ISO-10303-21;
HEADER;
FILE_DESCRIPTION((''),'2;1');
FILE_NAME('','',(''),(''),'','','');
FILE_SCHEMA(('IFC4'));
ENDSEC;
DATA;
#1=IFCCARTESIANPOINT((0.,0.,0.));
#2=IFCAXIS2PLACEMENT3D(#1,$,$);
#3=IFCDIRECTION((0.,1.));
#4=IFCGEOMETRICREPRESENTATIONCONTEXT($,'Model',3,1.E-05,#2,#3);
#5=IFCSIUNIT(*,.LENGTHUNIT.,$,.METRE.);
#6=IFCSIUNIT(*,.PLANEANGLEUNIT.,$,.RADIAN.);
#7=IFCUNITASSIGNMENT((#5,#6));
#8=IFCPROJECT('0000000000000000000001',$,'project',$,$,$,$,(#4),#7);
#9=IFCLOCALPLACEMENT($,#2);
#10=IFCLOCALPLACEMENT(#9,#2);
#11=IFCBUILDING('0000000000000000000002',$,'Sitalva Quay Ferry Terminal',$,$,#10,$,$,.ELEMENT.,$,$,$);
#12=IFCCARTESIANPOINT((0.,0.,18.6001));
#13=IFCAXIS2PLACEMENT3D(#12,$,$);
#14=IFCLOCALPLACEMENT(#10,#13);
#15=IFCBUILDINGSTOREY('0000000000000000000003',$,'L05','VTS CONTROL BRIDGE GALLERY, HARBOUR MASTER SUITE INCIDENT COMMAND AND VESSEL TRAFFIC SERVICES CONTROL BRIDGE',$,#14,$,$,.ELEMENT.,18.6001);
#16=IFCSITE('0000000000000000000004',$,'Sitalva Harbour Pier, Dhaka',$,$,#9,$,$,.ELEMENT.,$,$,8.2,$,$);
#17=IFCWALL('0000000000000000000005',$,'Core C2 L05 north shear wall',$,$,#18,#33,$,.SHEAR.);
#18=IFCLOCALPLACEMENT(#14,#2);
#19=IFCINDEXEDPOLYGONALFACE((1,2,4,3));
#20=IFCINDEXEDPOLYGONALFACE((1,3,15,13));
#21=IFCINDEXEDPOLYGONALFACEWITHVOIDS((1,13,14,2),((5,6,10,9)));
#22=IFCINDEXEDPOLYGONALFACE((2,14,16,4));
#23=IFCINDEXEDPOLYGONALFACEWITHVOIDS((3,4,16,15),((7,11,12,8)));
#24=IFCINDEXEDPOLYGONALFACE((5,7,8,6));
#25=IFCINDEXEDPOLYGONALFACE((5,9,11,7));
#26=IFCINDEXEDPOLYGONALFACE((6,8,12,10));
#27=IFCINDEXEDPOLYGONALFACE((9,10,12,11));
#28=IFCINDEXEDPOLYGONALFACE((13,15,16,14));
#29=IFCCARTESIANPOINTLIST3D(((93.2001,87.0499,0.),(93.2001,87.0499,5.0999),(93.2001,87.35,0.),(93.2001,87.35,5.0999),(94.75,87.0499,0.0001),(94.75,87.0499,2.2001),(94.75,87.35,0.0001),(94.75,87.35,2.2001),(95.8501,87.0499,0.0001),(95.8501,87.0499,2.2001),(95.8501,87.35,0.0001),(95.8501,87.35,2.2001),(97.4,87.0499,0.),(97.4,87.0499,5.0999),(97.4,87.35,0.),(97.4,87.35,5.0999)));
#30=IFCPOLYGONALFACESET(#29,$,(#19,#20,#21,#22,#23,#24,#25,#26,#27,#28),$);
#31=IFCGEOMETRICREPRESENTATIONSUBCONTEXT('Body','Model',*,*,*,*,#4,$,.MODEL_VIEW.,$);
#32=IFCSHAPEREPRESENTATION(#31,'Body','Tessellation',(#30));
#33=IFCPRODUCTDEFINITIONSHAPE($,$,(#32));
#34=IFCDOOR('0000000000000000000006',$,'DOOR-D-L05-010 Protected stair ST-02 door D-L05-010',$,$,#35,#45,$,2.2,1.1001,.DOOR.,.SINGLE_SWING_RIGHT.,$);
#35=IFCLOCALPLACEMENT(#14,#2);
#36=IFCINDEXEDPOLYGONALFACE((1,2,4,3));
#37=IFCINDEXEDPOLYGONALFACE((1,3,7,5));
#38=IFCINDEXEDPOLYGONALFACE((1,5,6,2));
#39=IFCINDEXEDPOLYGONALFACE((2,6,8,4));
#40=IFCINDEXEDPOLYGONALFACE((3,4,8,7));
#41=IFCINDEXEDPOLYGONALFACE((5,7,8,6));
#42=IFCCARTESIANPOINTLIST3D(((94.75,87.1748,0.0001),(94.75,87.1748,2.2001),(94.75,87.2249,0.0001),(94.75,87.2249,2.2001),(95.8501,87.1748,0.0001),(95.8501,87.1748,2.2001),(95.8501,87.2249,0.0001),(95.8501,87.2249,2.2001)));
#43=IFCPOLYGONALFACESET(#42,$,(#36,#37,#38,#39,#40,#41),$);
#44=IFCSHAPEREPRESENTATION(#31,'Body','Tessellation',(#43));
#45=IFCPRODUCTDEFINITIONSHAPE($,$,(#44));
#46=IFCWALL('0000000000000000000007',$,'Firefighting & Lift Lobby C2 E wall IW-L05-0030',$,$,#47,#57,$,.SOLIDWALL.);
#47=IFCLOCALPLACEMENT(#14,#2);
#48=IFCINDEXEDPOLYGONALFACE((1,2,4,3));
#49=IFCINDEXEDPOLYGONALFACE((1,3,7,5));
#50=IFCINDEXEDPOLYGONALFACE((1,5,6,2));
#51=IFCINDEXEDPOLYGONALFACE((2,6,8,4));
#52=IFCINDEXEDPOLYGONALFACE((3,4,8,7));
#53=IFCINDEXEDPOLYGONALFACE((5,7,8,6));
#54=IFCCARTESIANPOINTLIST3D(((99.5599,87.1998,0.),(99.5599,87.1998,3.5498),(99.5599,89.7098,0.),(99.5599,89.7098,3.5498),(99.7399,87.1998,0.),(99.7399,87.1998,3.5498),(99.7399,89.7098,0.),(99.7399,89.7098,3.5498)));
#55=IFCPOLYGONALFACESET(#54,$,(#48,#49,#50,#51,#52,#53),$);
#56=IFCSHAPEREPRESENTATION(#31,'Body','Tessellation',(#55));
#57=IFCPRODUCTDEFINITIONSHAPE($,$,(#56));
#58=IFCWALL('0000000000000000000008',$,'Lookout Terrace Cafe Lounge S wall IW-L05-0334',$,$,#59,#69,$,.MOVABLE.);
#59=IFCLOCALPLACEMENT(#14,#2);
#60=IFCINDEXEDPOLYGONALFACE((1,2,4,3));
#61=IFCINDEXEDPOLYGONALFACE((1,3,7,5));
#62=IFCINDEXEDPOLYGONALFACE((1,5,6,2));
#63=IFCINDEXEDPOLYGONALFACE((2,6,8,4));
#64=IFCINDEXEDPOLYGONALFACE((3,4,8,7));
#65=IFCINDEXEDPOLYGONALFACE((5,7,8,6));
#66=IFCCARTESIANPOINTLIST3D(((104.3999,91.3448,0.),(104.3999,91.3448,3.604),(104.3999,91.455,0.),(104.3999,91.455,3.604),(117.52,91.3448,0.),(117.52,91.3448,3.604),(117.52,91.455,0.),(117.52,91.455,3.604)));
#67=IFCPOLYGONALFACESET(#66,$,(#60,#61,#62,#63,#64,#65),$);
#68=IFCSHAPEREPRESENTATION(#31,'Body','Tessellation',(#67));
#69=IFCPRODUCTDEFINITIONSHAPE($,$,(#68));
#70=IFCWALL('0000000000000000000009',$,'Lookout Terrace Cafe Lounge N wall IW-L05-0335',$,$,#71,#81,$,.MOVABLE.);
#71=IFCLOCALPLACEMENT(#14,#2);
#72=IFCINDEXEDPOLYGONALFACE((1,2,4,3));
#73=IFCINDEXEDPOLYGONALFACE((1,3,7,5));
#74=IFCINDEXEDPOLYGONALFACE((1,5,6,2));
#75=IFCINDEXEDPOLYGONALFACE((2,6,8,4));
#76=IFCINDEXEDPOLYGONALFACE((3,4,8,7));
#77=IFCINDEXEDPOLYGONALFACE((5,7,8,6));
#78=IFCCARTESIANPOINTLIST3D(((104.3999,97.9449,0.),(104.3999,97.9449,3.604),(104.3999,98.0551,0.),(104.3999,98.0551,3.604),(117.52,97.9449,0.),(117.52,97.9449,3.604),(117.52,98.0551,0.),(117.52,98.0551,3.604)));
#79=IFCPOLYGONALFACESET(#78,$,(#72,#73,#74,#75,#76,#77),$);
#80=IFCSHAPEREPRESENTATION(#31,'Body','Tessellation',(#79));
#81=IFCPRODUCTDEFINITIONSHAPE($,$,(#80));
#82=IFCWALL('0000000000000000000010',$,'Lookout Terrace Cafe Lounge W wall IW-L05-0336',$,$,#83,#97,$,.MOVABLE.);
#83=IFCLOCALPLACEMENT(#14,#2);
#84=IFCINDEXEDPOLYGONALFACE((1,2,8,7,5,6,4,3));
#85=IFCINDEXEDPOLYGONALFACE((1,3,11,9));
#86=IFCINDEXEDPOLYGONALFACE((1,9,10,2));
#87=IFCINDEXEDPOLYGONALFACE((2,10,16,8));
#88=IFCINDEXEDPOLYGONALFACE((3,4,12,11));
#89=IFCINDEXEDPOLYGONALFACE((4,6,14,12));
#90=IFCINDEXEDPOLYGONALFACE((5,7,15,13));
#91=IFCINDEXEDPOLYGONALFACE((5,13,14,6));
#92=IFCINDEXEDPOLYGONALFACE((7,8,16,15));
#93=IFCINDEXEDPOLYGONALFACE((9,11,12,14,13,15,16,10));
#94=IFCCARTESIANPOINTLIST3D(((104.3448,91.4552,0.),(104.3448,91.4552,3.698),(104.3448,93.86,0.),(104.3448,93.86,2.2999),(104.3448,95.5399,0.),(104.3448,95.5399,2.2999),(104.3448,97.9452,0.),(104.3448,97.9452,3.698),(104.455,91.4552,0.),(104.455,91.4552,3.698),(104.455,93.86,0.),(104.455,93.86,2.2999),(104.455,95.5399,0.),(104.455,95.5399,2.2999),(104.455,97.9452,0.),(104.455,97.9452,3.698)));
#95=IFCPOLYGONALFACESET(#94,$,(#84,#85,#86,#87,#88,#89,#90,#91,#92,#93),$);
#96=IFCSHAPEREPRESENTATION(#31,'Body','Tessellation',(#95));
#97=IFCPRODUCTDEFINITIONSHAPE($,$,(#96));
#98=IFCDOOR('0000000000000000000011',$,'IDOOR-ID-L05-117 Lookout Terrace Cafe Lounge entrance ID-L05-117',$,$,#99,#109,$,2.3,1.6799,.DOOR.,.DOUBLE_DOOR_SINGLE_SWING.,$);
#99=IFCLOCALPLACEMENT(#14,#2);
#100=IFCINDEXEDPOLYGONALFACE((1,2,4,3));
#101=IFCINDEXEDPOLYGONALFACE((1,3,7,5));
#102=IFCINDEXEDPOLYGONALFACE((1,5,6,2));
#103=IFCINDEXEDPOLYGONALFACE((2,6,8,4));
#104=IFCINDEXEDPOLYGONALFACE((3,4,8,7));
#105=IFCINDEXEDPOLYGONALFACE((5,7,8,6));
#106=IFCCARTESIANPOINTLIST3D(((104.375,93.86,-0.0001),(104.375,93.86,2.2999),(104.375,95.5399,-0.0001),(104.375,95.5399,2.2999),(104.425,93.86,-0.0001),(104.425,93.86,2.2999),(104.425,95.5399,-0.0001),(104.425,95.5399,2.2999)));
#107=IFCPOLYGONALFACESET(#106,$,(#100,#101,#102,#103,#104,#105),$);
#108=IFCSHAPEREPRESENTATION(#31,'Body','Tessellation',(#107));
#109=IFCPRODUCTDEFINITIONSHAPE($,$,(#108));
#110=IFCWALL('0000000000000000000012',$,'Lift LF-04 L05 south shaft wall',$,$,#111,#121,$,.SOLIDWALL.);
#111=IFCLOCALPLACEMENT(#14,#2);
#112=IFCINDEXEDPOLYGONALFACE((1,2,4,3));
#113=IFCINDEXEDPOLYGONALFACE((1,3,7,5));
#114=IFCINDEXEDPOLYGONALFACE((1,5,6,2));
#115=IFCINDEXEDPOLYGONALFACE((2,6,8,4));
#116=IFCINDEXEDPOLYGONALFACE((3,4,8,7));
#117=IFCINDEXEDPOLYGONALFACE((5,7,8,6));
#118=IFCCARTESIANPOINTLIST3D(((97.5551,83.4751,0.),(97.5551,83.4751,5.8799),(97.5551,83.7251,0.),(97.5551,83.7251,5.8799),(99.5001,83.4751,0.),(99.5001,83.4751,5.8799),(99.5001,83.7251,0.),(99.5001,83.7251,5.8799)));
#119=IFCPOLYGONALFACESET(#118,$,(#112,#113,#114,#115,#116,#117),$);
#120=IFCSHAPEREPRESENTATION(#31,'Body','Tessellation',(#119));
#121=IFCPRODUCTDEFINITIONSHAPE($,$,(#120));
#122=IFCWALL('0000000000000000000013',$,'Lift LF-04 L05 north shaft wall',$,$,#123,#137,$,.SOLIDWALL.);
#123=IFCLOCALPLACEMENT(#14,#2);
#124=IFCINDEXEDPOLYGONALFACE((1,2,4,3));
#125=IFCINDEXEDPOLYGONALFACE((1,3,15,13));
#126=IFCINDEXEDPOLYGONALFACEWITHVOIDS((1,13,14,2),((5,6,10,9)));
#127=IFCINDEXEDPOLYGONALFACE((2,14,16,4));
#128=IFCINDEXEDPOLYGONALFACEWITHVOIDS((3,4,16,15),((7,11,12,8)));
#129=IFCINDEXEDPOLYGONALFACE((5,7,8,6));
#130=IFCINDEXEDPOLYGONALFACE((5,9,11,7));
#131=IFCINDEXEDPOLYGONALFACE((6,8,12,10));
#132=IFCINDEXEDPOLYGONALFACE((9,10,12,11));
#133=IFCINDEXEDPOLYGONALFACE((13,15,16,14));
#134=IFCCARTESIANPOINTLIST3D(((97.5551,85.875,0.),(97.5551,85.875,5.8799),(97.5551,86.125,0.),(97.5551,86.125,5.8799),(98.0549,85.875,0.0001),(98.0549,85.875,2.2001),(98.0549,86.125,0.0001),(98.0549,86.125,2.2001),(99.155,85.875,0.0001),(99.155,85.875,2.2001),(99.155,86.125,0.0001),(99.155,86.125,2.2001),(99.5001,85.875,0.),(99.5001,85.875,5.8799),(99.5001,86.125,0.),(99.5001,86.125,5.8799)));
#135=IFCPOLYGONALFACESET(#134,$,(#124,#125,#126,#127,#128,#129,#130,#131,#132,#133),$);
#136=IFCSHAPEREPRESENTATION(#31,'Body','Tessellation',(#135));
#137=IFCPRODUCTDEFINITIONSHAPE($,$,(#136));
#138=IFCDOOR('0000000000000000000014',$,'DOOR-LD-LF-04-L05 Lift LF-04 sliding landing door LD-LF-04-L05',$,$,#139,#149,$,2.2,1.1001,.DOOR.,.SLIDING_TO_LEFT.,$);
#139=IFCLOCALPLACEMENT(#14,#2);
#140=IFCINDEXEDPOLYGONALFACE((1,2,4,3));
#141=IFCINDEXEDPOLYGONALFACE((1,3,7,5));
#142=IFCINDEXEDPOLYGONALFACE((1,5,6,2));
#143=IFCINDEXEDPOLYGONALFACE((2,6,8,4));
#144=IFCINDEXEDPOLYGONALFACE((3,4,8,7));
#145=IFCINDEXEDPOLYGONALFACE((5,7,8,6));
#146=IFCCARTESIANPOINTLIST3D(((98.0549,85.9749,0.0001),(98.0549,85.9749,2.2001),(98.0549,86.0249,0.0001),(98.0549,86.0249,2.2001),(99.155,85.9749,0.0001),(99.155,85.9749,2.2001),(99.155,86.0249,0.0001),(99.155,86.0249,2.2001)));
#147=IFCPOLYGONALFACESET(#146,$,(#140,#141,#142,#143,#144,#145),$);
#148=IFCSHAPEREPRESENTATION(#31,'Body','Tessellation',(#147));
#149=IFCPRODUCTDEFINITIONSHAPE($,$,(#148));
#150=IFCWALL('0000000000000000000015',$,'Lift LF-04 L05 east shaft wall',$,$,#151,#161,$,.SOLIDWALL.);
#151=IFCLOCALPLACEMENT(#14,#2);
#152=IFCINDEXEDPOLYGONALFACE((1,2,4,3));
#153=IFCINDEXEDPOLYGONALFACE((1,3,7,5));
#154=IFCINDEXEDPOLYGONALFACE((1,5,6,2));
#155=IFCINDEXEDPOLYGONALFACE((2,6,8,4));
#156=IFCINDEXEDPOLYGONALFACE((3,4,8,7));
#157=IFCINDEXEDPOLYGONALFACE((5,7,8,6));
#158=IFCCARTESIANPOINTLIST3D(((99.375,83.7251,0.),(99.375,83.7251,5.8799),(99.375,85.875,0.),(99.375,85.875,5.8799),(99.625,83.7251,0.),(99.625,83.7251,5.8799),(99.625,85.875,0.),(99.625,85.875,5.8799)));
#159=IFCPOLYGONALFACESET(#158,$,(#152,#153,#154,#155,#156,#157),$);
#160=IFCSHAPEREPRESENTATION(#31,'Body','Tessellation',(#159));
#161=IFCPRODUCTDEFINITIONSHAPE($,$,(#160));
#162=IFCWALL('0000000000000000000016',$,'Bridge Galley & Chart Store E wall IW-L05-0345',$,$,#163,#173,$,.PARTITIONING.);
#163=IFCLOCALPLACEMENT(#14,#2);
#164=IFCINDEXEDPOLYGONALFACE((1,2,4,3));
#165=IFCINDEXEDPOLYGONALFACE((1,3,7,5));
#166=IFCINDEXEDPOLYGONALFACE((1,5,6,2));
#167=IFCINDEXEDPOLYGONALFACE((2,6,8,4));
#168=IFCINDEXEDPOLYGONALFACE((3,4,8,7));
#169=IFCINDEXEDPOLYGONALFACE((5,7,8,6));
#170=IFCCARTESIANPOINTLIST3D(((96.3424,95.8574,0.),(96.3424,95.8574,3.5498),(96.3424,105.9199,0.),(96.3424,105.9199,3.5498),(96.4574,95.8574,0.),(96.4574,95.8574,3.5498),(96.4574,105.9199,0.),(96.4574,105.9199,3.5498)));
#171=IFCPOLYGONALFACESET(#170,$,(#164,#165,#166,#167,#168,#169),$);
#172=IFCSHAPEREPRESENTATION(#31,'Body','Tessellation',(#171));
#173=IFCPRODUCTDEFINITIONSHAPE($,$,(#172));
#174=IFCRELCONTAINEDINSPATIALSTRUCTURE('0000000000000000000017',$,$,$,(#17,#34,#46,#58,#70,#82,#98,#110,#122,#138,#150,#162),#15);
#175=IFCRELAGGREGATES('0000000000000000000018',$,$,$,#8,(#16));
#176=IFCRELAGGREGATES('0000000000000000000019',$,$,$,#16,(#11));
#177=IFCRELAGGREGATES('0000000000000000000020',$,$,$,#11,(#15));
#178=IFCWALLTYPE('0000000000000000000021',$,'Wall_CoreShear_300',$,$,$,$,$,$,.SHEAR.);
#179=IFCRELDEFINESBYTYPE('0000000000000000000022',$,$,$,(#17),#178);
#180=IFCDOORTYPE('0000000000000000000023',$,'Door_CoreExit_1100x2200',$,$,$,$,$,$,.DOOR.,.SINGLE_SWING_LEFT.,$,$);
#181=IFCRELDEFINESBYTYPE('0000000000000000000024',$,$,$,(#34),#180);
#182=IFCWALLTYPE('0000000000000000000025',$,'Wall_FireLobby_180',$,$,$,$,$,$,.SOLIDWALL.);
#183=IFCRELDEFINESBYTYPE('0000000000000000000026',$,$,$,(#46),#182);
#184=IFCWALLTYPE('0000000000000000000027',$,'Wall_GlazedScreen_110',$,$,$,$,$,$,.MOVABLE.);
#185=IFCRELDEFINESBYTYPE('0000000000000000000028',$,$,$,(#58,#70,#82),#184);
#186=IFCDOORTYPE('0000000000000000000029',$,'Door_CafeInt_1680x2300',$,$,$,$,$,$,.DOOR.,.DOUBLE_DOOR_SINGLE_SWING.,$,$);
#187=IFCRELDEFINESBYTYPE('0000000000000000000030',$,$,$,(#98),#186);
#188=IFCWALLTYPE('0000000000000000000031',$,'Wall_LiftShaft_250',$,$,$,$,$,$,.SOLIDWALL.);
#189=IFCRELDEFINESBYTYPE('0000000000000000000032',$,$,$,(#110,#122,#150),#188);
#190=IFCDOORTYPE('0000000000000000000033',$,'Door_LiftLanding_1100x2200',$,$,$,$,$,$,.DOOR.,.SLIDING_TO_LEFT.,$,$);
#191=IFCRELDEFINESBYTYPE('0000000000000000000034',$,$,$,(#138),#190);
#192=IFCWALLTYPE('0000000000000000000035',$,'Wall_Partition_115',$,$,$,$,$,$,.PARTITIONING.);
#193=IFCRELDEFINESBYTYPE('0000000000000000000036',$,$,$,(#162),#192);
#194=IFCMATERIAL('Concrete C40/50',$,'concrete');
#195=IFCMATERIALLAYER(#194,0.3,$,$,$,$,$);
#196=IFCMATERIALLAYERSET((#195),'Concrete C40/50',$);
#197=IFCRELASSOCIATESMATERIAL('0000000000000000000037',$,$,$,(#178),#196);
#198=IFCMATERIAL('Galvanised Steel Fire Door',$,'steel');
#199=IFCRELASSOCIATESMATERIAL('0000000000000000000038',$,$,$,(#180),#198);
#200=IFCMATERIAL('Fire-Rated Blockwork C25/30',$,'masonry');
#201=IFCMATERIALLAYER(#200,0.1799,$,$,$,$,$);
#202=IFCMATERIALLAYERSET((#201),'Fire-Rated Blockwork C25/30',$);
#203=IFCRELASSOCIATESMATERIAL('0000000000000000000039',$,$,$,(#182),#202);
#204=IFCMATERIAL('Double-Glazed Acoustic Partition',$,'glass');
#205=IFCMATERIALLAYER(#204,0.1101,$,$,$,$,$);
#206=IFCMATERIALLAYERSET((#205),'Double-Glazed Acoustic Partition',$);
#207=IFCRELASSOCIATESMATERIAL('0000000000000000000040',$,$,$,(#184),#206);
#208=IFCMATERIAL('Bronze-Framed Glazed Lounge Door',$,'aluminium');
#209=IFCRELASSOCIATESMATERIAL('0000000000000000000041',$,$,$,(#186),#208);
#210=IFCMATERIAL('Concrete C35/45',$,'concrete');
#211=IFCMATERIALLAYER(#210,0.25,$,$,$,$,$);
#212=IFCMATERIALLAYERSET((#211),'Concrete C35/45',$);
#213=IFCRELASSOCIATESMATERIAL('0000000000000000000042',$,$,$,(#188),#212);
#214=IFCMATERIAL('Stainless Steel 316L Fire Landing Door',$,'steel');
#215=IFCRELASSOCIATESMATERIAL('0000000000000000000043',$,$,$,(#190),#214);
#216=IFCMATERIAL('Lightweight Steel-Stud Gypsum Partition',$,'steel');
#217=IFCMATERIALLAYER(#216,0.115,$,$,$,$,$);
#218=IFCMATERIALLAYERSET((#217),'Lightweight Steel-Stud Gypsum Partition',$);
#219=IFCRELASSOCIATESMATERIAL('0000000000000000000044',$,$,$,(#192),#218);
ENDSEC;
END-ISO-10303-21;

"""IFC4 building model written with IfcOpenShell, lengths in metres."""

from ifc_helpers import new_model, si_unit, direction, frame, frame_2d, origin, place, context, subcontext, project, spatial, rectangle, extrude, material, layer, layer_set, type_object, element, fill, save


model = new_model("IFC4")

# Units and contexts
model_context = context("Model", 3, precision=1e-05, world=origin(), true_north=direction((0.0, 1.0)))
body_context = subcontext(model_context, "Body", "Model", "MODEL_VIEW")
ifc_project = project(units=[si_unit("LENGTHUNIT", "METRE"), si_unit("PLANEANGLEUNIT", "RADIAN")], contexts=[model_context])

# Site, building, storey
site_placement = place(None, origin())
site = spatial("IfcSite", under=ifc_project, at=site_placement, Name="Sitalva Harbour Pier, Dhaka", CompositionType="ELEMENT", RefElevation=8.2)
building_placement = place(site_placement, origin())
building = spatial("IfcBuilding", under=site, at=building_placement, Name="Sitalva Quay Ferry Terminal", CompositionType="ELEMENT")
storey_placement = place(building_placement, frame((0.0, 0.0, 18.6001)))
storey = spatial("IfcBuildingStorey", under=building, at=storey_placement, Name="L05", Description="VTS CONTROL BRIDGE GALLERY, HARBOUR MASTER SUITE INCIDENT COMMAND AND VESSEL TRAFFIC SERVICES CONTROL BRIDGE", CompositionType="ELEMENT", Elevation=18.6001)

# Wall, opening, door
ifc_material_1 = material(Name="Concrete C40/50", Category="concrete")
ifc_layer_1 = layer(ifc_material_1, 0.3)
ifc_layer_set_1 = layer_set([ifc_layer_1], Name="Concrete C40/50")
wall_type_1 = type_object("IfcWallType", Name="Wall_CoreShear_300", PredefinedType="SHEAR", material=ifc_layer_set_1)
wall_1_placement = place(storey_placement, frame((93.2, 87.2, 0.0), z_axis=(0.0, 0.0, 1.0), x_axis=(1.0, 0.0, 0.0)))
wall_1 = element("IfcWall", 1, at=wall_1_placement, inside=storey, type_object=wall_type_1, Name="Core C2 L05 north shear wall", PredefinedType="SHEAR", context=body_context, shape_type="SweptSolid", body=[
    extrude(rectangle(XDim=4.2, YDim=0.3, at=frame_2d((2.1001, 0.0))), origin(), (0.0, 0.0, 1.0), 5.0999),
])
opening_1_placement = place(wall_1_placement, frame((1.55, 0.0, 0.0)))
opening_1 = element("IfcOpeningElement", 2, at=opening_1_placement, cuts=wall_1, PredefinedType="OPENING", context=body_context, shape_type="SweptSolid", body=[
    extrude(rectangle(XDim=1.1001, YDim=2.2, at=frame_2d((0.55, 1.1001))), frame((0.0, 0.1599, 0.0), z_axis=(0.0, -1.0, 0.0), x_axis=(1.0, 0.0, 0.0)), (0.0, 0.0, 1.0), 0.3201),
])
ifc_material_2 = material(Name="Galvanised Steel Fire Door", Category="steel")
door_type_1 = type_object("IfcDoorType", Name="Door_CoreExit_1100x2200", OperationType="SINGLE_SWING_LEFT", PredefinedType="DOOR", material=ifc_material_2)
door_1_placement = place(opening_1_placement, origin())
door_1 = element("IfcDoor", 3, at=door_1_placement, inside=storey, type_object=door_type_1, Name="DOOR-D-L05-010 Protected stair ST-02 door D-L05-010", OperationType="SINGLE_SWING_RIGHT", OverallHeight=2.2, OverallWidth=1.1001, PredefinedType="DOOR", context=body_context, shape_type="SweptSolid", body=[
    extrude(rectangle(XDim=1.1001, YDim=2.2, at=frame_2d((0.55, 1.1001))), frame((0.0, 0.0249, 0.0), z_axis=(0.0, -1.0, 0.0), x_axis=(1.0, 0.0, 0.0)), (0.0, 0.0, 1.0), 0.05),
])
fill(opening_1, door_1)

# Walls
ifc_material_3 = material(Name="Fire-Rated Blockwork C25/30", Category="masonry")
ifc_layer_2 = layer(ifc_material_3, 0.1799)
ifc_layer_set_2 = layer_set([ifc_layer_2], Name="Fire-Rated Blockwork C25/30")
wall_type_2 = type_object("IfcWallType", Name="Wall_FireLobby_180", PredefinedType="SOLIDWALL", material=ifc_layer_set_2)
wall_2_placement = place(storey_placement, frame((99.6499, 87.2, 0.0), z_axis=(0.0, 0.0, 1.0), x_axis=(0.0, 1.0, 0.0)))
element("IfcWall", 4, at=wall_2_placement, inside=storey, type_object=wall_type_2, Name="Firefighting & Lift Lobby C2 E wall IW-L05-0030", PredefinedType="SOLIDWALL", context=body_context, shape_type="SweptSolid", body=[
    extrude(rectangle(XDim=2.51, YDim=0.1799, at=frame_2d((1.2549, 0.0))), origin(), (0.0, 0.0, 1.0), 3.5498),
])
ifc_material_4 = material(Name="Double-Glazed Acoustic Partition", Category="glass")
ifc_layer_3 = layer(ifc_material_4, 0.1101)
ifc_layer_set_3 = layer_set([ifc_layer_3], Name="Double-Glazed Acoustic Partition")
wall_type_3 = type_object("IfcWallType", Name="Wall_GlazedScreen_110", PredefinedType="MOVABLE", material=ifc_layer_set_3)
for number, where, z_axis, x_axis, name in (
    (5, (104.3999, 91.3999, 0.0), (0.0, 0.0, 1.0), (1.0, 0.0, 0.0), "Lookout Terrace Cafe Lounge S wall IW-L05-0334"),
    (6, (104.3999, 98.0, 0.0), (0.0, 0.0, 1.0), (1.0, 0.0, 0.0), "Lookout Terrace Cafe Lounge N wall IW-L05-0335"),
):
    element("IfcWall", number, at=place(storey_placement, frame(where, z_axis=z_axis, x_axis=x_axis)), inside=storey, type_object=wall_type_3, Name=name, PredefinedType="MOVABLE", context=body_context, shape_type="SweptSolid", body=[
        extrude(rectangle(XDim=13.1201, YDim=0.1101, at=frame_2d((6.5601, 0.0))), origin(), (0.0, 0.0, 1.0), 3.604),
    ])

# Wall, opening, door
wall_3_placement = place(storey_placement, frame((104.3999, 91.4551, 0.0), z_axis=(0.0, 0.0, 1.0), x_axis=(0.0, 1.0, 0.0)))
wall_3 = element("IfcWall", 7, at=wall_3_placement, inside=storey, type_object=wall_type_3, Name="Lookout Terrace Cafe Lounge W wall IW-L05-0336", PredefinedType="MOVABLE", context=body_context, shape_type="SweptSolid", body=[
    extrude(rectangle(XDim=6.49, YDim=0.1101, at=frame_2d((3.2451, 0.0))), origin(), (0.0, 0.0, 1.0), 3.698),
])
opening_2_placement = place(wall_3_placement, frame((2.405, 0.0, 0.0)))
opening_2 = element("IfcOpeningElement", 8, at=opening_2_placement, cuts=wall_3, PredefinedType="OPENING", context=body_context, shape_type="SweptSolid", body=[
    extrude(rectangle(XDim=1.6799, YDim=2.3, at=frame_2d((0.8398, 1.1499))), frame((0.0, 0.0649, 0.0), z_axis=(0.0, -1.0, 0.0), x_axis=(1.0, 0.0, 0.0)), (0.0, 0.0, 1.0), 0.1301),
])
ifc_material_5 = material(Name="Bronze-Framed Glazed Lounge Door", Category="aluminium")
door_type_2 = type_object("IfcDoorType", Name="Door_CafeInt_1680x2300", OperationType="DOUBLE_DOOR_SINGLE_SWING", PredefinedType="DOOR", material=ifc_material_5)
door_2_placement = place(opening_2_placement, origin())
door_2 = element("IfcDoor", 9, at=door_2_placement, inside=storey, type_object=door_type_2, Name="IDOOR-ID-L05-117 Lookout Terrace Cafe Lounge entrance ID-L05-117", OperationType="DOUBLE_DOOR_SINGLE_SWING", OverallHeight=2.3, OverallWidth=1.6799, PredefinedType="DOOR", context=body_context, shape_type="SweptSolid", body=[
    extrude(rectangle(XDim=1.6799, YDim=2.3, at=frame_2d((0.8398, 1.1499))), frame((0.0, 0.0249, 0.0), z_axis=(0.0, -1.0, 0.0), x_axis=(1.0, 0.0, 0.0)), (0.0, 0.0, 1.0), 0.05),
])
fill(opening_2, door_2)

# Wall
ifc_material_6 = material(Name="Concrete C35/45", Category="concrete")
ifc_layer_4 = layer(ifc_material_6, 0.25)
ifc_layer_set_4 = layer_set([ifc_layer_4], Name="Concrete C35/45")
wall_type_4 = type_object("IfcWallType", Name="Wall_LiftShaft_250", PredefinedType="SOLIDWALL", material=ifc_layer_set_4)
wall_4_placement = place(storey_placement, frame((97.5549, 83.6001, 0.0), z_axis=(0.0, 0.0, 1.0), x_axis=(1.0, 0.0, 0.0)))
element("IfcWall", 10, at=wall_4_placement, inside=storey, type_object=wall_type_4, Name="Lift LF-04 L05 south shaft wall", PredefinedType="SOLIDWALL", context=body_context, shape_type="SweptSolid", body=[
    extrude(rectangle(XDim=1.9451, YDim=0.25, at=frame_2d((0.9727, 0.0))), origin(), (0.0, 0.0, 1.0), 5.8799),
])

# Wall, opening, door
wall_5_placement = place(storey_placement, frame((97.5549, 86.0, 0.0), z_axis=(0.0, 0.0, 1.0), x_axis=(1.0, 0.0, 0.0)))
wall_5 = element("IfcWall", 11, at=wall_5_placement, inside=storey, type_object=wall_type_4, Name="Lift LF-04 L05 north shaft wall", PredefinedType="SOLIDWALL", context=body_context, shape_type="SweptSolid", body=[
    extrude(rectangle(XDim=1.9451, YDim=0.25, at=frame_2d((0.9727, 0.0))), origin(), (0.0, 0.0, 1.0), 5.8799),
])
opening_3_placement = place(wall_5_placement, frame((0.5, 0.0, 0.0)))
opening_3 = element("IfcOpeningElement", 12, at=opening_3_placement, cuts=wall_5, PredefinedType="OPENING", context=body_context, shape_type="SweptSolid", body=[
    extrude(rectangle(XDim=1.1001, YDim=2.2, at=frame_2d((0.55, 1.1001))), frame((0.0, 0.135, 0.0), z_axis=(0.0, -1.0, 0.0), x_axis=(1.0, 0.0, 0.0)), (0.0, 0.0, 1.0), 0.27),
])
ifc_material_7 = material(Name="Stainless Steel 316L Fire Landing Door", Category="steel")
door_type_3 = type_object("IfcDoorType", Name="Door_LiftLanding_1100x2200", OperationType="SLIDING_TO_LEFT", PredefinedType="DOOR", material=ifc_material_7)
door_3_placement = place(opening_3_placement, origin())
door_3 = element("IfcDoor", 13, at=door_3_placement, inside=storey, type_object=door_type_3, Name="DOOR-LD-LF-04-L05 Lift LF-04 sliding landing door LD-LF-04-L05", OperationType="SLIDING_TO_LEFT", OverallHeight=2.2, OverallWidth=1.1001, PredefinedType="DOOR", context=body_context, shape_type="SweptSolid", body=[
    extrude(rectangle(XDim=1.1001, YDim=2.2, at=frame_2d((0.55, 1.1001))), frame((0.0, 0.0249, 0.0), z_axis=(0.0, -1.0, 0.0), x_axis=(1.0, 0.0, 0.0)), (0.0, 0.0, 1.0), 0.05),
])
fill(opening_3, door_3)

# Walls
wall_6_placement = place(storey_placement, frame((99.5, 83.7251, 0.0), z_axis=(0.0, 0.0, 1.0), x_axis=(0.0, 1.0, 0.0)))
element("IfcWall", 14, at=wall_6_placement, inside=storey, type_object=wall_type_4, Name="Lift LF-04 L05 east shaft wall", PredefinedType="SOLIDWALL", context=body_context, shape_type="SweptSolid", body=[
    extrude(rectangle(XDim=2.1499, YDim=0.25, at=frame_2d((1.075, 0.0))), origin(), (0.0, 0.0, 1.0), 5.8799),
])
ifc_material_8 = material(Name="Lightweight Steel-Stud Gypsum Partition", Category="steel")
ifc_layer_5 = layer(ifc_material_8, 0.115)
ifc_layer_set_5 = layer_set([ifc_layer_5], Name="Lightweight Steel-Stud Gypsum Partition")
wall_type_5 = type_object("IfcWallType", Name="Wall_Partition_115", PredefinedType="PARTITIONING", material=ifc_layer_set_5)
wall_7_placement = place(storey_placement, frame((96.3999, 95.8574, 0.0), z_axis=(0.0, 0.0, 1.0), x_axis=(0.0, 1.0, 0.0)))
element("IfcWall", 15, at=wall_7_placement, inside=storey, type_object=wall_type_5, Name="Bridge Galley & Chart Store E wall IW-L05-0345", PredefinedType="PARTITIONING", context=body_context, shape_type="SweptSolid", body=[
    extrude(rectangle(XDim=10.0625, YDim=0.115, at=frame_2d((5.0312, 0.0))), origin(), (0.0, 0.0, 1.0), 3.5498),
])

save(model, "model.ifc")
